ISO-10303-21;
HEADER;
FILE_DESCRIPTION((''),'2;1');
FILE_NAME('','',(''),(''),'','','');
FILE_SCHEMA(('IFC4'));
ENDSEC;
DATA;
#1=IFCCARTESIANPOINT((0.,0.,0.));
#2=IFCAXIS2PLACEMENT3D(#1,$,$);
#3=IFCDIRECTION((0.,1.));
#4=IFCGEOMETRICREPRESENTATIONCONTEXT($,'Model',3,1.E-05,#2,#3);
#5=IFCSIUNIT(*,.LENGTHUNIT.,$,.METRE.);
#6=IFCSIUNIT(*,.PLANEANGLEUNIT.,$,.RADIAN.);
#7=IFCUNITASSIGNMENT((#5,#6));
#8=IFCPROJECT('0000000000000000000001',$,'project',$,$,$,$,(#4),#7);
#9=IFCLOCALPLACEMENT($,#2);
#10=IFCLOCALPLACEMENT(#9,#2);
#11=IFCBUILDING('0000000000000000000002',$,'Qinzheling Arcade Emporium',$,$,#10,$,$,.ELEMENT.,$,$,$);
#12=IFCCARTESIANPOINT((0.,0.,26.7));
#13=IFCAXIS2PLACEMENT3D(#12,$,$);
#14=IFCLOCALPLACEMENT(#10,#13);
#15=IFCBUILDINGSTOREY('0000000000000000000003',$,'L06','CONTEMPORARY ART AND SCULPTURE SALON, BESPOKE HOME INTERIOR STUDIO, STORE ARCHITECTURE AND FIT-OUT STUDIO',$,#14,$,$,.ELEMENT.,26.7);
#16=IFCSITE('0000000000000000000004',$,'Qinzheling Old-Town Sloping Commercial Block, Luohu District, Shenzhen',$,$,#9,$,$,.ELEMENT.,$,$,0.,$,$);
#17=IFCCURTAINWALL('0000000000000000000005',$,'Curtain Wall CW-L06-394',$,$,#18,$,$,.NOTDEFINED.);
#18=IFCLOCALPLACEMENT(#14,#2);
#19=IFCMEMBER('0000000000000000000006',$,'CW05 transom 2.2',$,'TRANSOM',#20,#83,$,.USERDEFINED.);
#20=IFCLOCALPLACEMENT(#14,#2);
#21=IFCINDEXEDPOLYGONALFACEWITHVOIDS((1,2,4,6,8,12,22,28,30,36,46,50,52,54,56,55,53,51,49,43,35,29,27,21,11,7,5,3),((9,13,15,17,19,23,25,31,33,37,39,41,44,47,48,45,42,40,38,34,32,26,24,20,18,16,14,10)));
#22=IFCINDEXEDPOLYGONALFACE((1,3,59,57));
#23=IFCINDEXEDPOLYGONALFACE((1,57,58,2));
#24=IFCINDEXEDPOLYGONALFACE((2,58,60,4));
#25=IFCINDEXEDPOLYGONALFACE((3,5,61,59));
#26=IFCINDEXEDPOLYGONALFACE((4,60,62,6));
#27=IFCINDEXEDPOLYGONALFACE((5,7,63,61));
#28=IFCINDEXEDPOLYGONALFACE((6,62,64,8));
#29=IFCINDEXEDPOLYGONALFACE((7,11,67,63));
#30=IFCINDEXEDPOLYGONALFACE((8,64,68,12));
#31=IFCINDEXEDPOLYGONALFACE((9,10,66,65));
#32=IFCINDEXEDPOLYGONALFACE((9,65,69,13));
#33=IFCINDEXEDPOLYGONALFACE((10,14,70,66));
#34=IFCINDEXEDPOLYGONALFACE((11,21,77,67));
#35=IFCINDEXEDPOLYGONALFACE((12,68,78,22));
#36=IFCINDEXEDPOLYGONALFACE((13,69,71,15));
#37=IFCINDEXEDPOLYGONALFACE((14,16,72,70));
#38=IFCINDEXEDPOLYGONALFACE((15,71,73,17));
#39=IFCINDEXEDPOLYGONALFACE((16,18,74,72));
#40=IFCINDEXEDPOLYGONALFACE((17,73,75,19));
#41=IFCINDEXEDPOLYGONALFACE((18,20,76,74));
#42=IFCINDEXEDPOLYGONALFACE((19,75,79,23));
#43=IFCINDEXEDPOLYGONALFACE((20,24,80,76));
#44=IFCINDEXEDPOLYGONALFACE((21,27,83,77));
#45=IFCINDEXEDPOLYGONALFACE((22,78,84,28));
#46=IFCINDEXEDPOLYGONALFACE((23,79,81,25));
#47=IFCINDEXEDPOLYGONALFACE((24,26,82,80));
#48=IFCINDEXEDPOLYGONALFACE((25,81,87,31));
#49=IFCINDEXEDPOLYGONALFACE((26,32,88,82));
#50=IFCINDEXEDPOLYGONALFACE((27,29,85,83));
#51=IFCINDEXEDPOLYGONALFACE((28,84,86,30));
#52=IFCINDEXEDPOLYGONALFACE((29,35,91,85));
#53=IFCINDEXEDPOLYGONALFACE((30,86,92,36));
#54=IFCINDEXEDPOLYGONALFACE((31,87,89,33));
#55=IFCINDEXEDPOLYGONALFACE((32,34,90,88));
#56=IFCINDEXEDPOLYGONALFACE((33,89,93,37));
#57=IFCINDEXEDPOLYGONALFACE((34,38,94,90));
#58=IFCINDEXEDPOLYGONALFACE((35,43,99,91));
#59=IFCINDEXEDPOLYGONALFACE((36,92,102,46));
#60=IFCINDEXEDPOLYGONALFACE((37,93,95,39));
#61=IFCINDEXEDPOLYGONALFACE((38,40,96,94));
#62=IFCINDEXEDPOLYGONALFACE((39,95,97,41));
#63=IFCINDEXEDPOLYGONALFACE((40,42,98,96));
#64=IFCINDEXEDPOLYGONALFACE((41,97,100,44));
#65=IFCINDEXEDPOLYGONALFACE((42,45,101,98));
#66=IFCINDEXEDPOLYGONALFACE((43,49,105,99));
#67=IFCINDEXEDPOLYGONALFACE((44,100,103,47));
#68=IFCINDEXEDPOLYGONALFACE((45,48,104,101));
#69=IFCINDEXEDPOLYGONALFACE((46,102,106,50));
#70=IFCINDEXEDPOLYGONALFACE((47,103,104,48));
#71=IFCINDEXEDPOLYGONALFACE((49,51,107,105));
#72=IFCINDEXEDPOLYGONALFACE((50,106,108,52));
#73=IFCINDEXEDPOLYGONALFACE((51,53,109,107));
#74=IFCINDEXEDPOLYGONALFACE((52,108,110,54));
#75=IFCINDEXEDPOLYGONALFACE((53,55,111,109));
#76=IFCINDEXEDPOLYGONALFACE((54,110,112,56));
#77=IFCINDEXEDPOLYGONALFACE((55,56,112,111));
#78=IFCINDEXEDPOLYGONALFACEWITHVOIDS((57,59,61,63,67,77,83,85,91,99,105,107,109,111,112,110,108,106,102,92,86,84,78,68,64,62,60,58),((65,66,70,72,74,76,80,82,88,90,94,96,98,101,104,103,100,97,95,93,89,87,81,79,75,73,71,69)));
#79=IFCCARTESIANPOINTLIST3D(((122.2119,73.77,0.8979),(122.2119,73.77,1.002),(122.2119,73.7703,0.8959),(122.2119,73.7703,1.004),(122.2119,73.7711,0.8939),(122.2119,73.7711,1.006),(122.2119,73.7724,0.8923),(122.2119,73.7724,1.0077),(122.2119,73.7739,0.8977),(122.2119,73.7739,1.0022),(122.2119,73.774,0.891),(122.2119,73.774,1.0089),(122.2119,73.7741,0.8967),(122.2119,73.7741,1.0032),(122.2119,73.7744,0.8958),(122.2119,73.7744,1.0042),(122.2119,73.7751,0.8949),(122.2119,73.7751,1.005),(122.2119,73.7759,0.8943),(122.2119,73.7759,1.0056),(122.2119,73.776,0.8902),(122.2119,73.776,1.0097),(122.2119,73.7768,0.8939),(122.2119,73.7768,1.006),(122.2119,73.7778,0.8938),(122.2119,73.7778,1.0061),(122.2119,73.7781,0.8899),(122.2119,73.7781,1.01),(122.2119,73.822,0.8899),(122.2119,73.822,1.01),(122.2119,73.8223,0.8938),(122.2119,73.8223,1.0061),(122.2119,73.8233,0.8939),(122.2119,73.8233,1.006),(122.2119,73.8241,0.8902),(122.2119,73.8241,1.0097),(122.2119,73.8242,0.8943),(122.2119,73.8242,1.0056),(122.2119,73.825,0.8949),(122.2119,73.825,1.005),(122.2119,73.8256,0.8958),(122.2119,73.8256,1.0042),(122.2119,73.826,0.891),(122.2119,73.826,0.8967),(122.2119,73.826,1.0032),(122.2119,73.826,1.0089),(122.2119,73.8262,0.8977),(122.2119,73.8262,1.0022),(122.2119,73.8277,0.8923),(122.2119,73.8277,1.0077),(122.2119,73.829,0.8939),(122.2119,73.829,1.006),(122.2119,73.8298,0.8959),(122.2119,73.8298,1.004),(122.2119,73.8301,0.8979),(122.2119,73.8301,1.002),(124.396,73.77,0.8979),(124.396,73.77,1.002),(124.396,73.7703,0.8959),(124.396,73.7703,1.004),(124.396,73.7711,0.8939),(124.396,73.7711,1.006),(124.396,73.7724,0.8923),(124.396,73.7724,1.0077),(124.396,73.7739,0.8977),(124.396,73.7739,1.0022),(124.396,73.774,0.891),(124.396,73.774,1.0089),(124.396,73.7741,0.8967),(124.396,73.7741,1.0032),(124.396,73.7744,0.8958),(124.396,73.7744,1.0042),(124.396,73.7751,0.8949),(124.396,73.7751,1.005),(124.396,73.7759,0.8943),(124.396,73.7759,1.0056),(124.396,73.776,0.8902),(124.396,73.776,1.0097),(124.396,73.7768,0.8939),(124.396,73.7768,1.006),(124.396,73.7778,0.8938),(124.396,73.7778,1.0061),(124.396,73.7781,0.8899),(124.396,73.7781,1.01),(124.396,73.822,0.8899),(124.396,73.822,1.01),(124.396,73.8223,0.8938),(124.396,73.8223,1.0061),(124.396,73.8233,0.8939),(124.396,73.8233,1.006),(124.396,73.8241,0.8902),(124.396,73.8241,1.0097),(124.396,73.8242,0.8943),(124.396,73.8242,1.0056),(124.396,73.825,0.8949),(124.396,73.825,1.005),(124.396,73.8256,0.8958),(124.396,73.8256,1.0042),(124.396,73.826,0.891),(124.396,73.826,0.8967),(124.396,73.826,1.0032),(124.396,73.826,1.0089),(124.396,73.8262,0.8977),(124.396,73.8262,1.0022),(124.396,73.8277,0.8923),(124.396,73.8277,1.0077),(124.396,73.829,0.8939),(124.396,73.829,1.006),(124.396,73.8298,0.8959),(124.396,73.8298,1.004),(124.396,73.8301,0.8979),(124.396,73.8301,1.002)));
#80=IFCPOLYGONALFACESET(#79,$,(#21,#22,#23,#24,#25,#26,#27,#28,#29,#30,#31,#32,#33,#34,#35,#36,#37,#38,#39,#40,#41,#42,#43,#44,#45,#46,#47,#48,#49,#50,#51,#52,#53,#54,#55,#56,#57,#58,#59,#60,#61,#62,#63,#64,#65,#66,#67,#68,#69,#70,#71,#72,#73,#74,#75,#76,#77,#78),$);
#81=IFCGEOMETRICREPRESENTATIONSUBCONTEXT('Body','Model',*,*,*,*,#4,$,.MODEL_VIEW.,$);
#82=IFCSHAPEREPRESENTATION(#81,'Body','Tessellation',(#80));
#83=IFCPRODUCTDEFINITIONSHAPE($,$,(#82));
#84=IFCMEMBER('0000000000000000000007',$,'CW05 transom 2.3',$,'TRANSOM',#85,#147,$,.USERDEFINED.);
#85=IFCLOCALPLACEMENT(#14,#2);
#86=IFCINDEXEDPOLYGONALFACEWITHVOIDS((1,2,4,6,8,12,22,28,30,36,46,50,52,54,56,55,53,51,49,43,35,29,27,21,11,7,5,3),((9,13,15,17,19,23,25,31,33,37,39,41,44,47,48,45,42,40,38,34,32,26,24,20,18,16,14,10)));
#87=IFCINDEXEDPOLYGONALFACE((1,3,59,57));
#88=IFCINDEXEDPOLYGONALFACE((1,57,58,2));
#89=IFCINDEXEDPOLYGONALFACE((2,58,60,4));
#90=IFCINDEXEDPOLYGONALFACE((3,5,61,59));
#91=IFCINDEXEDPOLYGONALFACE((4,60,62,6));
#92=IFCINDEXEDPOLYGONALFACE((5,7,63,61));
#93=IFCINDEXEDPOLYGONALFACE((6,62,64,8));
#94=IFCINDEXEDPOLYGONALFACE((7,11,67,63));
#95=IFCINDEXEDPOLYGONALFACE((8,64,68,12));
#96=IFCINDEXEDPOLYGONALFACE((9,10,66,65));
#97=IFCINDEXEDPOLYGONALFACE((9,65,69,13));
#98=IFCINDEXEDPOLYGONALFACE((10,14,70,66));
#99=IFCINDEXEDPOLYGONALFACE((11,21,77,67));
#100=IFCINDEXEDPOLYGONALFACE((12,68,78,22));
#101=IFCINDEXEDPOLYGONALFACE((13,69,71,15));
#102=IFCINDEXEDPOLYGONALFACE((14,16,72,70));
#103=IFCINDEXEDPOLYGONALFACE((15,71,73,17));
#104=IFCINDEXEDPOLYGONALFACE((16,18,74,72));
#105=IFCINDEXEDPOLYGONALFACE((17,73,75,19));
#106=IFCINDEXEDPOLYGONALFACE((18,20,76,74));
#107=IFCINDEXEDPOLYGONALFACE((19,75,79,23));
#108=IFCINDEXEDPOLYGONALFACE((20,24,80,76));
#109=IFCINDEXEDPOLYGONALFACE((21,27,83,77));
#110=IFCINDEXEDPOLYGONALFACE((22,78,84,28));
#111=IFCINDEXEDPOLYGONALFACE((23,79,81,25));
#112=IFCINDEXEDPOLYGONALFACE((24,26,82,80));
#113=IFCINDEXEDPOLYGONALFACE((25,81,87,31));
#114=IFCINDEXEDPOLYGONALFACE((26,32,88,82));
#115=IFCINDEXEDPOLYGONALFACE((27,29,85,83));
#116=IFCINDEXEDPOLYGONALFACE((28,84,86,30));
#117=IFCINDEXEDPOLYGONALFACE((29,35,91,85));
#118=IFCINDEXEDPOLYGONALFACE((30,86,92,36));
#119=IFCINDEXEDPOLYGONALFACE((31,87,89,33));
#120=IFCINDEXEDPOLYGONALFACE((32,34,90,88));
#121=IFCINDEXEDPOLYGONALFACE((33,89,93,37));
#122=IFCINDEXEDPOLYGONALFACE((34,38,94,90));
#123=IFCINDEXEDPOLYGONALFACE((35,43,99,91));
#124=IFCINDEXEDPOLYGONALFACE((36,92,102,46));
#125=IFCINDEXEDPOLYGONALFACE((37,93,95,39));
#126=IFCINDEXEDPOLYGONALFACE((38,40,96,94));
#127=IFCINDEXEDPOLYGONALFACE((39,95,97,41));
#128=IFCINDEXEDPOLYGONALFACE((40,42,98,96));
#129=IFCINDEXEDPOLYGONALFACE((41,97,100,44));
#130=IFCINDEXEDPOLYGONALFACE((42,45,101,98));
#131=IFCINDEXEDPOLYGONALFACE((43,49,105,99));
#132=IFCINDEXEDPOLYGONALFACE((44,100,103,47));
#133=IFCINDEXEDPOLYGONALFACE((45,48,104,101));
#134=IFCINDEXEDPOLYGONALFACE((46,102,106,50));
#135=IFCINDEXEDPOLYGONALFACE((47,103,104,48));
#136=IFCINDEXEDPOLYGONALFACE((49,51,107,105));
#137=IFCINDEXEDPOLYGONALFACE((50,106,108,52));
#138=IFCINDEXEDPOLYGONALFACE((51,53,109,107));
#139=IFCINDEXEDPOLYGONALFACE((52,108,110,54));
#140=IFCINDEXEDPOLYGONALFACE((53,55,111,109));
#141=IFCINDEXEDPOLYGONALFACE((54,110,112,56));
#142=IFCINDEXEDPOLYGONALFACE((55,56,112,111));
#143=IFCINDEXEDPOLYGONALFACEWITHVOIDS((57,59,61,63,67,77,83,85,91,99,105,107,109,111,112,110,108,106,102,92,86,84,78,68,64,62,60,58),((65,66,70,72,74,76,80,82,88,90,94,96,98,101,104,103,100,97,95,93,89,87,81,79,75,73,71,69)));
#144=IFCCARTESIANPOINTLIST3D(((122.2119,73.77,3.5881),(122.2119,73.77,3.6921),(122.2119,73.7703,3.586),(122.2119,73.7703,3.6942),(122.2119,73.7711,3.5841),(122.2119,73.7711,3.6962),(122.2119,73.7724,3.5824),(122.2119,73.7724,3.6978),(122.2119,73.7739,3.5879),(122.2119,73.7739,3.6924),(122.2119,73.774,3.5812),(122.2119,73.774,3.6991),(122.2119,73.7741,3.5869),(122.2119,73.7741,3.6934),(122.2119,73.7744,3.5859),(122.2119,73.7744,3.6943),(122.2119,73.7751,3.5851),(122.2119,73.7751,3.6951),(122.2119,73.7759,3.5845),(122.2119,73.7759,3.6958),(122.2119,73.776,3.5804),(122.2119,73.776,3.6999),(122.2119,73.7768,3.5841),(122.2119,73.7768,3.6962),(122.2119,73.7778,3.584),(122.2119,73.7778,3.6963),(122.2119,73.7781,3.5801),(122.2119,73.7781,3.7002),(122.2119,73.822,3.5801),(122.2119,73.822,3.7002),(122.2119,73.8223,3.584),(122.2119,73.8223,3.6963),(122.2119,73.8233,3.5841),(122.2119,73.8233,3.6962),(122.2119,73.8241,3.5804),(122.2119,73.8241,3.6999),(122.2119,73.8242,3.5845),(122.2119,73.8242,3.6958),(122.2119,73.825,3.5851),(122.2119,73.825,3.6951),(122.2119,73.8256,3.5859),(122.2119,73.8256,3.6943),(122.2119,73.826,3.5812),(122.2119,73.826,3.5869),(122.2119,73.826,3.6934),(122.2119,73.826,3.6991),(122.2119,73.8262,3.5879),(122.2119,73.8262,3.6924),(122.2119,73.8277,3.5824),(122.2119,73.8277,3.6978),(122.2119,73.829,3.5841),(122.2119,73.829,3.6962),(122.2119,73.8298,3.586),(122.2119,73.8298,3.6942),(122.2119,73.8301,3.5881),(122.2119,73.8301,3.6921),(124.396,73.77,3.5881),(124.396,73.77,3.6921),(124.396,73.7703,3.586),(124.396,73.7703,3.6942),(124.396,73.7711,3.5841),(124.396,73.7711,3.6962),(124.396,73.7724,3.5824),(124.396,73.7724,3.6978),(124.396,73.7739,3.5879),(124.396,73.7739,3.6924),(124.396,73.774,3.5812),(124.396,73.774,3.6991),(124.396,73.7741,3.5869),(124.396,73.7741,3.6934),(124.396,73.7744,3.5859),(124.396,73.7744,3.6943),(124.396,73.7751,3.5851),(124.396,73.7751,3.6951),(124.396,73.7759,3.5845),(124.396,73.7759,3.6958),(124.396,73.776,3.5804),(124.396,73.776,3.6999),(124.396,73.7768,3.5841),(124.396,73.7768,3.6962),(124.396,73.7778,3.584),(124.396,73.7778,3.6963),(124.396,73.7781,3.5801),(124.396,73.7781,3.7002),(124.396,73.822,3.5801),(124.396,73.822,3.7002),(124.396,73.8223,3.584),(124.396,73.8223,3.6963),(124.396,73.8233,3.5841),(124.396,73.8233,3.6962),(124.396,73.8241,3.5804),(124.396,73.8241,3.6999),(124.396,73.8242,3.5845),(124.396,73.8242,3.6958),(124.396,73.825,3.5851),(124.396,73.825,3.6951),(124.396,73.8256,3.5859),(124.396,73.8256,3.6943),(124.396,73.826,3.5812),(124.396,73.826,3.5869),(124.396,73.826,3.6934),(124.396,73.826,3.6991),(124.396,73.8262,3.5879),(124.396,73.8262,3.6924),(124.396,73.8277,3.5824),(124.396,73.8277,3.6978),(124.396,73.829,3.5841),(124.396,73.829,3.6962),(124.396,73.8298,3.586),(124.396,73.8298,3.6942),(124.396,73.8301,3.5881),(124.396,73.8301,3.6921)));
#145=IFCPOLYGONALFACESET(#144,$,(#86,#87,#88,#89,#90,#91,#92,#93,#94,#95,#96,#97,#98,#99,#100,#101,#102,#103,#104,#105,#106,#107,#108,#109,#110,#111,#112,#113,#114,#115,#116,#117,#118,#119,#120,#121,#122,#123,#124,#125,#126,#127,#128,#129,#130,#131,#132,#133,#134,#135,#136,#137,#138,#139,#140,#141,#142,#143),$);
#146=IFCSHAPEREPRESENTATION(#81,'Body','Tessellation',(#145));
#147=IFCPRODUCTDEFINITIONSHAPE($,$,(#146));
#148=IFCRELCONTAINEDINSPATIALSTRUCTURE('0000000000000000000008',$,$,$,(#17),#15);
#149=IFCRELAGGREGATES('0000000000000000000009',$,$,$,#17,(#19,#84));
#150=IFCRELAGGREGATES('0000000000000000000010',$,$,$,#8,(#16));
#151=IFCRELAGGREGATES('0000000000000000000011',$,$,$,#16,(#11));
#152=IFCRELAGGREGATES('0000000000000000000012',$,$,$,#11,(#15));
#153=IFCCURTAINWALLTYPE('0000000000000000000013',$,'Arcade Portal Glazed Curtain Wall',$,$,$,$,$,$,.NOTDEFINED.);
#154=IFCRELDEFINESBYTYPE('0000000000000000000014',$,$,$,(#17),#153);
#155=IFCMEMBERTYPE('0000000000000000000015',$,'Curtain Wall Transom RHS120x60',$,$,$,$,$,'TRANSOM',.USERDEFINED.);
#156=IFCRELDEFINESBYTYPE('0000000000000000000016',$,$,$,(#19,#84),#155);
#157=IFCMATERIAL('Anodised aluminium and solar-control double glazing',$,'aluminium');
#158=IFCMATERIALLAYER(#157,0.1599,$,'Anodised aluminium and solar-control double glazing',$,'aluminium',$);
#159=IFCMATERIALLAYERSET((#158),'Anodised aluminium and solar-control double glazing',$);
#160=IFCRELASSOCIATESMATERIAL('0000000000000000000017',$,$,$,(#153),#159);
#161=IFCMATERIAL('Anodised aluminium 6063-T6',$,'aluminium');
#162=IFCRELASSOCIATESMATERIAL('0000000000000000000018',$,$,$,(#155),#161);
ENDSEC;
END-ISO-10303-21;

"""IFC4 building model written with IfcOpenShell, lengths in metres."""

from ifc_helpers import new_model, si_unit, direction, frame, origin, origin_2d, place, context, subcontext, project, spatial, hollow_rectangle, extrude, material, layer, layer_set, material_profile, profile_set, type_object, element, aggregate, save


model = new_model("IFC4")

# Units and contexts
model_context = context("Model", 3, precision=1e-05, world=origin(), true_north=direction((0.0, 1.0)))
body_context = subcontext(model_context, "Body", "Model", "MODEL_VIEW")
ifc_project = project(units=[si_unit("LENGTHUNIT", "METRE"), si_unit("PLANEANGLEUNIT", "RADIAN")], contexts=[model_context])

# Site, building, storey
site_placement = place(None, origin())
site = spatial("IfcSite", under=ifc_project, at=site_placement, Name="Qinzheling Old-Town Sloping Commercial Block, Luohu District, Shenzhen", CompositionType="ELEMENT", RefElevation=0.0)
building_placement = place(site_placement, origin())
building = spatial("IfcBuilding", under=site, at=building_placement, Name="Qinzheling Arcade Emporium", CompositionType="ELEMENT")
storey_placement = place(building_placement, frame((0.0, 0.0, 26.7)))
storey = spatial("IfcBuildingStorey", under=building, at=storey_placement, Name="L06", Description="CONTEMPORARY ART AND SCULPTURE SALON, BESPOKE HOME INTERIOR STUDIO, STORE ARCHITECTURE AND FIT-OUT STUDIO", CompositionType="ELEMENT", Elevation=26.7)

# Curtain wall, members
ifc_material_1 = material(Name="Anodised aluminium and solar-control double glazing", Category="aluminium")
ifc_layer_1 = layer(ifc_material_1, 0.1599, Name="Anodised aluminium and solar-control double glazing", Category="aluminium")
ifc_layer_set_1 = layer_set([ifc_layer_1], Name="Anodised aluminium and solar-control double glazing")
curtain_wall_type = type_object("IfcCurtainWallType", Name="Arcade Portal Glazed Curtain Wall", PredefinedType="NOTDEFINED", material=ifc_layer_set_1)
curtain_wall_placement = place(storey_placement, origin())
curtain_wall = element("IfcCurtainWall", 1, at=curtain_wall_placement, inside=storey, type_object=curtain_wall_type, Name="Curtain Wall CW-L06-394", PredefinedType="NOTDEFINED")
ifc_material_2 = material(Name="Anodised aluminium 6063-T6", Category="aluminium")
ifc_material_profile_1 = material_profile(ifc_material_2, hollow_rectangle(XDim=0.0601, YDim=0.1201, WallThickness=0.0039, InnerFilletRadius=0.0039, OuterFilletRadius=0.0081, at=origin_2d()), Name="RHS 120x60x4", Category="aluminium")
ifc_profile_set_1 = profile_set([ifc_material_profile_1], Name="Anodised aluminium 6063-T6")
member_type_1 = type_object("IfcMemberType", Name="Curtain Wall Transom RHS120x60", ElementType="TRANSOM", PredefinedType="USERDEFINED", material=ifc_profile_set_1)
member_1_placement = place(storey_placement, frame((124.396, 73.8, 0.95), z_axis=(-1.0, 0.0, 0.0), x_axis=(0.0, -1.0, 0.0)))
member_1 = element("IfcMember", 2, at=member_1_placement, type_object=member_type_1, Name="CW05 transom 2.2", ObjectType="TRANSOM", PredefinedType="USERDEFINED", context=body_context, shape_type="SweptSolid", body=[
    extrude(hollow_rectangle(XDim=0.0601, YDim=0.1201, WallThickness=0.0039, InnerFilletRadius=0.0039, OuterFilletRadius=0.0081, at=origin_2d()), origin(), (0.0, 0.0, 1.0), 2.1841),
])
member_2_placement = place(storey_placement, frame((124.396, 73.8, 3.6401), z_axis=(-1.0, 0.0, 0.0), x_axis=(0.0, -1.0, 0.0)))
member_2 = element("IfcMember", 3, at=member_2_placement, type_object=member_type_1, Name="CW05 transom 2.3", ObjectType="TRANSOM", PredefinedType="USERDEFINED", context=body_context, shape_type="SweptSolid", body=[
    extrude(hollow_rectangle(XDim=0.0601, YDim=0.1201, WallThickness=0.0039, InnerFilletRadius=0.0039, OuterFilletRadius=0.0081, at=origin_2d()), origin(), (0.0, 0.0, 1.0), 2.1841),
])

aggregate(curtain_wall, [member_1, member_2])

save(model, "model.ifc")
